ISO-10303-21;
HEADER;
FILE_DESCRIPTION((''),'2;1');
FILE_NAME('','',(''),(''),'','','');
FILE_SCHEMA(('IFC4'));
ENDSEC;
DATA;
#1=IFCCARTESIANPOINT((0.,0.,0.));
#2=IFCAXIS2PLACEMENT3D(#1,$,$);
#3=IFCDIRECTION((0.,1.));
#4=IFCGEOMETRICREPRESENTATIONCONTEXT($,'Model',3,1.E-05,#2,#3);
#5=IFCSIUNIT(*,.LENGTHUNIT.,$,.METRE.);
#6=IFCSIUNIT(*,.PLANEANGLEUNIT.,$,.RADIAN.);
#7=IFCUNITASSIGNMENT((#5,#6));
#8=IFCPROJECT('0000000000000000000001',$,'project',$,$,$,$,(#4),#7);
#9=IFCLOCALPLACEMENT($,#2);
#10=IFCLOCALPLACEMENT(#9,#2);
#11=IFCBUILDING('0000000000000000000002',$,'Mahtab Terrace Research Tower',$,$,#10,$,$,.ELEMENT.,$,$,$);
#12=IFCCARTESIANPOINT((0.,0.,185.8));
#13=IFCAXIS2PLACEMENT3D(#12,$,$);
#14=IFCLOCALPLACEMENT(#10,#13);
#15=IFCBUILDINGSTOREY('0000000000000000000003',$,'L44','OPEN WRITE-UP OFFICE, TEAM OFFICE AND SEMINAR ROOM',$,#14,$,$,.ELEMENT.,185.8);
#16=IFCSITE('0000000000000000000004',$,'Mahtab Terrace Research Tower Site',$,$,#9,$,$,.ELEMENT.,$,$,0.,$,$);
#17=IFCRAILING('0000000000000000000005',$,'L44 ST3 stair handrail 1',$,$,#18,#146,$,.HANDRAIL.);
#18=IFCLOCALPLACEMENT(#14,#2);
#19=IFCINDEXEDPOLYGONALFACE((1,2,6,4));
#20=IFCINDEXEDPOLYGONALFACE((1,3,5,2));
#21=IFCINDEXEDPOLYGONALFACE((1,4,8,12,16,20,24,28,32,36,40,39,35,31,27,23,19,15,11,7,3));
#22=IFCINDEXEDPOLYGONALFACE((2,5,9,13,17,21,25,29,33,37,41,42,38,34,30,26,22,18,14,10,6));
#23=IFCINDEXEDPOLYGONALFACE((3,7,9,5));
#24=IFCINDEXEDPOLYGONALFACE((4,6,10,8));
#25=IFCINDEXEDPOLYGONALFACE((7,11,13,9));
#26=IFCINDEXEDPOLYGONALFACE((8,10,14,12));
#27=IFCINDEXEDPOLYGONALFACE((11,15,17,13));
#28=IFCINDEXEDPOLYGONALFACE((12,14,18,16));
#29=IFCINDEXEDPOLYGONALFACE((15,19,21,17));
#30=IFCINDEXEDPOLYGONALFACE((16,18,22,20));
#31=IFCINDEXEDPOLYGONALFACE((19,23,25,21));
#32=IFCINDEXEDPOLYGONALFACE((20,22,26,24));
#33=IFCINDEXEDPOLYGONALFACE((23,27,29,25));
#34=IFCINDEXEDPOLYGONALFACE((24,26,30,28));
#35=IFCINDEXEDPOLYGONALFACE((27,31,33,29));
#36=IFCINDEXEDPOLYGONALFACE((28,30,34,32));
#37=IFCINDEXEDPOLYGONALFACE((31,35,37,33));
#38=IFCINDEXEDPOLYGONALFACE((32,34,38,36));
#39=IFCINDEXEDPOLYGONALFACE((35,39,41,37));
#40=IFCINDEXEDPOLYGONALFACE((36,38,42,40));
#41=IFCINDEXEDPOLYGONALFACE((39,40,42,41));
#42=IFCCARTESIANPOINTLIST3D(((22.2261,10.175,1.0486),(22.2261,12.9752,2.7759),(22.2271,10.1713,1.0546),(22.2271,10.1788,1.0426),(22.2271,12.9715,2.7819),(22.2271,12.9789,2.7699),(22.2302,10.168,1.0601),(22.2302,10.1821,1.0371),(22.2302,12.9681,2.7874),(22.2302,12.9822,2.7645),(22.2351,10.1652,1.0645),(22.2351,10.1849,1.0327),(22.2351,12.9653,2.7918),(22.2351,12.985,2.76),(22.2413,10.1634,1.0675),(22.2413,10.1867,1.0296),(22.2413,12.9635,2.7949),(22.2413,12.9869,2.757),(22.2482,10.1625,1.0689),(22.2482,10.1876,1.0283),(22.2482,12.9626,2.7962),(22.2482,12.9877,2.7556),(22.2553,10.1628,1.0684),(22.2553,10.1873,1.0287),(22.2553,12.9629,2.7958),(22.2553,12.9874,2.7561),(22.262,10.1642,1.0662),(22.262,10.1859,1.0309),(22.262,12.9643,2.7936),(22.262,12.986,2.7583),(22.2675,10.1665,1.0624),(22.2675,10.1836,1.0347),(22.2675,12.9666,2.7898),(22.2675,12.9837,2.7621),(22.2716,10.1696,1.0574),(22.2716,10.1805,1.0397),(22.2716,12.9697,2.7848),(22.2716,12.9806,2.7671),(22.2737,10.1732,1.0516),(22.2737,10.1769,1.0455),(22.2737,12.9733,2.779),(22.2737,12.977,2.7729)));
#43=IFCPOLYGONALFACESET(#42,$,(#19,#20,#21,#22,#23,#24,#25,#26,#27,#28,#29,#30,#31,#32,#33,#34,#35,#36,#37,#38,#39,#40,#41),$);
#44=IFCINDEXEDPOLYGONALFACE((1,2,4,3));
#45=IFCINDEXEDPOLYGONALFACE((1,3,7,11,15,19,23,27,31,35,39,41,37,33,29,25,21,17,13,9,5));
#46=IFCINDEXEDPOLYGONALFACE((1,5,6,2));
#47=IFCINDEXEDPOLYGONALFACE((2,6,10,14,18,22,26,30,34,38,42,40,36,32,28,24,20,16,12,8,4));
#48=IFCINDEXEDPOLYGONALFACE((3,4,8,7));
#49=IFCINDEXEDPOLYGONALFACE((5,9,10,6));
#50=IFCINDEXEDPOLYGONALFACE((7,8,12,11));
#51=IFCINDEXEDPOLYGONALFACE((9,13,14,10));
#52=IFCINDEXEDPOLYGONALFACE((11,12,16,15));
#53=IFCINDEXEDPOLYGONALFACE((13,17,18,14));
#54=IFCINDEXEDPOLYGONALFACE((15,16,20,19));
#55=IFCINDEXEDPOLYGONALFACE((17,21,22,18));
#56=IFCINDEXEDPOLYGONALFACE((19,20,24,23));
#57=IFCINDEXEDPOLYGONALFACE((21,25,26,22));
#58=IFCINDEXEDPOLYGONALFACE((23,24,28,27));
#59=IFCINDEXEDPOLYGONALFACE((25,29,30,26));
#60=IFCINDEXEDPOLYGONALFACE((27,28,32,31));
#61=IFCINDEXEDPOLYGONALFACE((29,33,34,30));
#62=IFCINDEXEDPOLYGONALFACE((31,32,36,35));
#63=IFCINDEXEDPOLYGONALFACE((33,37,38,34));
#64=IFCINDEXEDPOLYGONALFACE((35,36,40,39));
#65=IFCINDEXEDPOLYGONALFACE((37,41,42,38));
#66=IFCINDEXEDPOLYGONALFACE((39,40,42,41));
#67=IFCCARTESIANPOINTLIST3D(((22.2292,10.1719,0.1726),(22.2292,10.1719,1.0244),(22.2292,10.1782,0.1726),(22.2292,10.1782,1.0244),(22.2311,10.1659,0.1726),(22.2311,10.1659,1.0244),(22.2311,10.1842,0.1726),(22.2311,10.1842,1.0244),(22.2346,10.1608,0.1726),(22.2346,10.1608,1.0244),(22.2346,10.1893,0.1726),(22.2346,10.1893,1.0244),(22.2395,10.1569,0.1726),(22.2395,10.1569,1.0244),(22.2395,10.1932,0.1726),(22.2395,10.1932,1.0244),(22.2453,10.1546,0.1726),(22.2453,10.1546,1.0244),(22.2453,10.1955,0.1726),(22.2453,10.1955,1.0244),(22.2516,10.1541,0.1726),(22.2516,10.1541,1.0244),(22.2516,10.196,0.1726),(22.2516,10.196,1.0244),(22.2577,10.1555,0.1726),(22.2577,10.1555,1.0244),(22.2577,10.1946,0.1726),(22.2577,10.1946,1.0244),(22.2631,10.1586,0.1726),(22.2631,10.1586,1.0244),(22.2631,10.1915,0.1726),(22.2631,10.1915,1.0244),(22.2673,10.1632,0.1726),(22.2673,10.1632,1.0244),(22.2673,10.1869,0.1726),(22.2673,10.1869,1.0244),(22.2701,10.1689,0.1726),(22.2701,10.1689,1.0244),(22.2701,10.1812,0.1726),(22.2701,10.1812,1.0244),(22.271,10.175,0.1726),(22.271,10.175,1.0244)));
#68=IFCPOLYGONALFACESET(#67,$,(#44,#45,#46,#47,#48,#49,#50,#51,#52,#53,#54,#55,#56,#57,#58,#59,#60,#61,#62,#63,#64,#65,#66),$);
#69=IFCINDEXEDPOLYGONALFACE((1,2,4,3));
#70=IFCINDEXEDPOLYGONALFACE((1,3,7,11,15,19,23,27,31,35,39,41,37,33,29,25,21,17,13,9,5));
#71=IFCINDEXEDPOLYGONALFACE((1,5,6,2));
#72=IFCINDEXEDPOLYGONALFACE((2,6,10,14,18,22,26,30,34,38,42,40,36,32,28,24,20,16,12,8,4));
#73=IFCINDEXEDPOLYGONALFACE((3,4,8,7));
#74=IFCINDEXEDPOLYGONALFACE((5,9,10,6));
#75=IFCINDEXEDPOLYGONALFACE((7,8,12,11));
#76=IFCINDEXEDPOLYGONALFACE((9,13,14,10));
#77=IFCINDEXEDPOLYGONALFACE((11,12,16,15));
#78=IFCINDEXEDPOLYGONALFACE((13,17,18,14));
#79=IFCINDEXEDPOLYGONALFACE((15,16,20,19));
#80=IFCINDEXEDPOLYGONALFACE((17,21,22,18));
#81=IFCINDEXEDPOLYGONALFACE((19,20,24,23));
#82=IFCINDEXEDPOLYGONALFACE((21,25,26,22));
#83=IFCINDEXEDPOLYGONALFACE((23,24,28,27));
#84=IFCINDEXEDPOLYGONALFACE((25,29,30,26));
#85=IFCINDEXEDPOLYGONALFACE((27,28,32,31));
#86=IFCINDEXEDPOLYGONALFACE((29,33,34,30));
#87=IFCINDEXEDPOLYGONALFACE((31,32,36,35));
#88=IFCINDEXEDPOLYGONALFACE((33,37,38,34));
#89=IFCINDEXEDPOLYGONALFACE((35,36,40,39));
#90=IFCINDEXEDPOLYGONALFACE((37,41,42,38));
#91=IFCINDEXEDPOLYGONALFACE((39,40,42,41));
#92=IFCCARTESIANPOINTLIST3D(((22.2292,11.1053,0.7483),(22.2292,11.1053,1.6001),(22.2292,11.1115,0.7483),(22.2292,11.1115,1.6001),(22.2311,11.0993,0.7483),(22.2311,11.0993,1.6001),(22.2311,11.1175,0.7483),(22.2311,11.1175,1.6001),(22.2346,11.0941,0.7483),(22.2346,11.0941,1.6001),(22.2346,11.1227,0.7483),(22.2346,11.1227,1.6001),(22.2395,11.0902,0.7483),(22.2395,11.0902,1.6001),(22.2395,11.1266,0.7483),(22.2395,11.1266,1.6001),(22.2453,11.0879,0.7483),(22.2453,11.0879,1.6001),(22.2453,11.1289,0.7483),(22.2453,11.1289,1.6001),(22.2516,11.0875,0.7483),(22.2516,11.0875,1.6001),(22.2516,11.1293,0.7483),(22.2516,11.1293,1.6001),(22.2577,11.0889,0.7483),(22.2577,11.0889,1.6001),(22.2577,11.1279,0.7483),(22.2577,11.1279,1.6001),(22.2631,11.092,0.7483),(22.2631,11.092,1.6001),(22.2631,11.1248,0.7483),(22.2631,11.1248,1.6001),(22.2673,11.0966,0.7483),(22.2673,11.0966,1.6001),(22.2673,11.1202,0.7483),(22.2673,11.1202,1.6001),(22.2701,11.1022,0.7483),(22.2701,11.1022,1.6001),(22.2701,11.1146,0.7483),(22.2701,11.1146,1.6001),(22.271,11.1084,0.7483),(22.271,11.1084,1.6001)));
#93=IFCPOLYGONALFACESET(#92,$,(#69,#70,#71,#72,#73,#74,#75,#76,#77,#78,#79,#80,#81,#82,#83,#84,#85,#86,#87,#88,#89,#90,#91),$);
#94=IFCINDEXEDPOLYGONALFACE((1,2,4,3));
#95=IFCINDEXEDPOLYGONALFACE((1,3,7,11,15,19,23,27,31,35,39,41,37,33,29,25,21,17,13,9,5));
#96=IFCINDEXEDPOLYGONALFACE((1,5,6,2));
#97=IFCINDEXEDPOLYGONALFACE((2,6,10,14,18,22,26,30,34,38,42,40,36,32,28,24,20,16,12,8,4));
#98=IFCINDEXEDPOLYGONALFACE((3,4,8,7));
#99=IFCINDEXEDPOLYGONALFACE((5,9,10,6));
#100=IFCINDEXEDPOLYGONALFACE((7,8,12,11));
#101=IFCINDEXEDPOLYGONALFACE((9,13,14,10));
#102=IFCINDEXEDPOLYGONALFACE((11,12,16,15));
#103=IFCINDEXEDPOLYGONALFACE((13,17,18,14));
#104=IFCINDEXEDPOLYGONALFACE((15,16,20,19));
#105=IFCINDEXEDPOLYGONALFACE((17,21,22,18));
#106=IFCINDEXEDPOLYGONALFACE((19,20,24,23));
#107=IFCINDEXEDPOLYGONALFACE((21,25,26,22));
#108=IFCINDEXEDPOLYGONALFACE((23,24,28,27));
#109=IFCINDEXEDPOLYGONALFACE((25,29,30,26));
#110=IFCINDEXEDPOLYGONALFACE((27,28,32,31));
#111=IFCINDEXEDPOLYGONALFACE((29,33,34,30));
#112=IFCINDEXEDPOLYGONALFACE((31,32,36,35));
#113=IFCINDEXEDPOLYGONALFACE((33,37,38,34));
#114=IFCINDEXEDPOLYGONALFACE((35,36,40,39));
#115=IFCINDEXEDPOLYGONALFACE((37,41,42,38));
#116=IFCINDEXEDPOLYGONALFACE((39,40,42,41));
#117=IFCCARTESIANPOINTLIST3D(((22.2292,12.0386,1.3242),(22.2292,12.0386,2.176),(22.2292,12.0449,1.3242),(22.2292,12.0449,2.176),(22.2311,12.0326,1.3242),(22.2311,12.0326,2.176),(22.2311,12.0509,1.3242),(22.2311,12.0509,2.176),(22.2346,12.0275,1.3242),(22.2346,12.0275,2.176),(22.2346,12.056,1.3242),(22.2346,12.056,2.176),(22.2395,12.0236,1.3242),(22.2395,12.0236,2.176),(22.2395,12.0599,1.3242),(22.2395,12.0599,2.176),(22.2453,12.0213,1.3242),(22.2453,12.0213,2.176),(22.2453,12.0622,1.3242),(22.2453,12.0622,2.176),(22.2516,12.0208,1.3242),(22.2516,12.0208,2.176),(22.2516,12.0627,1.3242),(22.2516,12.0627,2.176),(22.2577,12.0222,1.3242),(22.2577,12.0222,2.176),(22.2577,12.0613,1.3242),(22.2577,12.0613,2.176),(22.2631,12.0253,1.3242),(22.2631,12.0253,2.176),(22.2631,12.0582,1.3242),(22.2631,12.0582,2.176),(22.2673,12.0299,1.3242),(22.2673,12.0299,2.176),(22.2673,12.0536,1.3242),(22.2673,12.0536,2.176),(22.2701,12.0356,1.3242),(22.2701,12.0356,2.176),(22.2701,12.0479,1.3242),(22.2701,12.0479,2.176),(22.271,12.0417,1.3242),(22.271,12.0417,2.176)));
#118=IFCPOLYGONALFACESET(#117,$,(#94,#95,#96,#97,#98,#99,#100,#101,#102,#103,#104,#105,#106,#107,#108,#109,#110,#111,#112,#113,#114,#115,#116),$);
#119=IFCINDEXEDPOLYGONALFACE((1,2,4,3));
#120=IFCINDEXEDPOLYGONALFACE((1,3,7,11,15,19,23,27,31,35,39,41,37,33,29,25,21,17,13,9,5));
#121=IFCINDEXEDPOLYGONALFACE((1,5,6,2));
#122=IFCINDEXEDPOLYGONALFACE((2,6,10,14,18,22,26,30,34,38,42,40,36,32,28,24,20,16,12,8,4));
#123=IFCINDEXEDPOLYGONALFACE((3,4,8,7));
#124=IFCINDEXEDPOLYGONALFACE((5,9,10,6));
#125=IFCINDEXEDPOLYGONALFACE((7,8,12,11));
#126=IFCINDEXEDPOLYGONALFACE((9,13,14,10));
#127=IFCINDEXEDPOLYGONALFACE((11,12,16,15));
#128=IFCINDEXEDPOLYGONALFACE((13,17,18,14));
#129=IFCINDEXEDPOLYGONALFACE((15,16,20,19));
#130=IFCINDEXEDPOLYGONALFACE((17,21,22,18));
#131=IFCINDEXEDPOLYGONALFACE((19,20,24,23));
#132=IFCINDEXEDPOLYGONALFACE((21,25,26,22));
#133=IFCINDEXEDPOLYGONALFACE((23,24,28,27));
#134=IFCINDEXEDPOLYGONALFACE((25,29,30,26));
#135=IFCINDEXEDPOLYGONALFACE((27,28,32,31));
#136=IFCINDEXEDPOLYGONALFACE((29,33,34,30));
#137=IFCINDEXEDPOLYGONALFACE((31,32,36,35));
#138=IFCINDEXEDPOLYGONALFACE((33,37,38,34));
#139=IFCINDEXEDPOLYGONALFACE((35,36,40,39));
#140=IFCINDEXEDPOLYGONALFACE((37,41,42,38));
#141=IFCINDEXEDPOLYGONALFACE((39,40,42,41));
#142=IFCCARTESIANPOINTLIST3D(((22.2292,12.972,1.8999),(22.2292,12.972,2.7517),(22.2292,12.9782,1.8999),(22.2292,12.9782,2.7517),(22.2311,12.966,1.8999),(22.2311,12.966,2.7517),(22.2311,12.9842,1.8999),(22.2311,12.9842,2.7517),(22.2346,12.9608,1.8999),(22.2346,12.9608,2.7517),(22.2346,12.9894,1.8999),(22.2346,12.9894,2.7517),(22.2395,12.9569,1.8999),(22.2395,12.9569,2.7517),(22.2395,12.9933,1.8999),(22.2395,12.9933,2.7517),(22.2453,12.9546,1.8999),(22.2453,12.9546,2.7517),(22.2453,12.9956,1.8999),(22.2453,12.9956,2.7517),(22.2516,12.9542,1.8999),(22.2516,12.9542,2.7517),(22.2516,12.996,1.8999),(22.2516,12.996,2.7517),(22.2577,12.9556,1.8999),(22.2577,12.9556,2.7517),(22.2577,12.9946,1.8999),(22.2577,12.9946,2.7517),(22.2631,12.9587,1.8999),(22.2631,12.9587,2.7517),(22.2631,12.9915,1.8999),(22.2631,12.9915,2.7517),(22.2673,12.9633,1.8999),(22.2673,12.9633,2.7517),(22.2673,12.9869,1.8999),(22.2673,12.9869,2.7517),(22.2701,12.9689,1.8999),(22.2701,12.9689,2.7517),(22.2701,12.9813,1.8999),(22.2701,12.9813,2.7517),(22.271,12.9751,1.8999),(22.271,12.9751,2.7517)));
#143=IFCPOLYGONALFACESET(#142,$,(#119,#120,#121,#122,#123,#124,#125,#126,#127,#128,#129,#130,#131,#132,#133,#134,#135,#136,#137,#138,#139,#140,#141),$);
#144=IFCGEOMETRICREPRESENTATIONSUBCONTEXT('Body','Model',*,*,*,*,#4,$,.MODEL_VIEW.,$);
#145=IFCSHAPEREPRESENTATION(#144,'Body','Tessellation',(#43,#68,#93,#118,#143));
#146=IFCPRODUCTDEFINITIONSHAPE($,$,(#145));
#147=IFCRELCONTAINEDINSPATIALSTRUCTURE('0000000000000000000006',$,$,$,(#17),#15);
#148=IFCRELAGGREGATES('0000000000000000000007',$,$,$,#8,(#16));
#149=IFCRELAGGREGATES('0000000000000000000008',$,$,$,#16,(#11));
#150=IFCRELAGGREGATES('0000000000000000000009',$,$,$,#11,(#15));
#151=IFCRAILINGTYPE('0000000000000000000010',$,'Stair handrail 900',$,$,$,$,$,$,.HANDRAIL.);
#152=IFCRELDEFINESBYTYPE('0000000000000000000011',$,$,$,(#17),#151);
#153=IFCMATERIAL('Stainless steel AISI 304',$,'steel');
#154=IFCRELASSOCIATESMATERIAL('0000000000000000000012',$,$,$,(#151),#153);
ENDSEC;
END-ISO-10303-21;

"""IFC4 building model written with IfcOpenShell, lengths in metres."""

from ifc_helpers import new_model, si_unit, direction, frame, origin, origin_2d, place, context, subcontext, project, spatial, circle, extrude, material, type_object, element, save


model = new_model("IFC4")

# Units and contexts
model_context = context("Model", 3, precision=1e-05, world=origin(), true_north=direction((0.0, 1.0)))
body_context = subcontext(model_context, "Body", "Model", "MODEL_VIEW")
ifc_project = project(units=[si_unit("LENGTHUNIT", "METRE"), si_unit("PLANEANGLEUNIT", "RADIAN")], contexts=[model_context])

# Site, building, storey
site_placement = place(None, origin())
site = spatial("IfcSite", under=ifc_project, at=site_placement, Name="Mahtab Terrace Research Tower Site", CompositionType="ELEMENT", RefElevation=0.0)
building_placement = place(site_placement, origin())
building = spatial("IfcBuilding", under=site, at=building_placement, Name="Mahtab Terrace Research Tower", CompositionType="ELEMENT")
storey_placement = place(building_placement, frame((0.0, 0.0, 185.8)))
storey = spatial("IfcBuildingStorey", under=building, at=storey_placement, Name="L44", Description="OPEN WRITE-UP OFFICE, TEAM OFFICE AND SEMINAR ROOM", CompositionType="ELEMENT", Elevation=185.8)

# Shared definitions
ifc_material_1 = material(Name="Stainless steel AISI 304", Category="steel")

# Railing
railing_type_1 = type_object("IfcRailingType", Name="Stair handrail 900", PredefinedType="HANDRAIL", material=ifc_material_1)
railing_1_placement = place(storey_placement, frame((22.25, 10.175, 0.1726)))
element("IfcRailing", 1, at=railing_1_placement, inside=storey, type_object=railing_type_1, Name="L44 ST3 stair handrail 1", PredefinedType="HANDRAIL", context=body_context, shape_type="SweptSolid", body=[
    extrude(circle(Radius=0.0239, at=origin_2d()), frame((0.0, 0.0, 0.876), z_axis=(0.0, 0.85109, 0.52502), x_axis=(-1.0, 0.0, 0.0)), (0.0, 0.0, 1.0), 3.29),
    extrude(circle(Radius=0.021, at=origin_2d()), origin(), (0.0, 0.0, 1.0), 0.8518),
    extrude(circle(Radius=0.021, at=origin_2d()), frame((0.0, 0.9333, 0.5757)), (0.0, 0.0, 1.0), 0.8518),
    extrude(circle(Radius=0.021, at=origin_2d()), frame((0.0, 1.8667, 1.1516)), (0.0, 0.0, 1.0), 0.8518),
    extrude(circle(Radius=0.021, at=origin_2d()), frame((0.0, 2.8, 1.7273)), (0.0, 0.0, 1.0), 0.8518),
])

save(model, "model.ifc")
